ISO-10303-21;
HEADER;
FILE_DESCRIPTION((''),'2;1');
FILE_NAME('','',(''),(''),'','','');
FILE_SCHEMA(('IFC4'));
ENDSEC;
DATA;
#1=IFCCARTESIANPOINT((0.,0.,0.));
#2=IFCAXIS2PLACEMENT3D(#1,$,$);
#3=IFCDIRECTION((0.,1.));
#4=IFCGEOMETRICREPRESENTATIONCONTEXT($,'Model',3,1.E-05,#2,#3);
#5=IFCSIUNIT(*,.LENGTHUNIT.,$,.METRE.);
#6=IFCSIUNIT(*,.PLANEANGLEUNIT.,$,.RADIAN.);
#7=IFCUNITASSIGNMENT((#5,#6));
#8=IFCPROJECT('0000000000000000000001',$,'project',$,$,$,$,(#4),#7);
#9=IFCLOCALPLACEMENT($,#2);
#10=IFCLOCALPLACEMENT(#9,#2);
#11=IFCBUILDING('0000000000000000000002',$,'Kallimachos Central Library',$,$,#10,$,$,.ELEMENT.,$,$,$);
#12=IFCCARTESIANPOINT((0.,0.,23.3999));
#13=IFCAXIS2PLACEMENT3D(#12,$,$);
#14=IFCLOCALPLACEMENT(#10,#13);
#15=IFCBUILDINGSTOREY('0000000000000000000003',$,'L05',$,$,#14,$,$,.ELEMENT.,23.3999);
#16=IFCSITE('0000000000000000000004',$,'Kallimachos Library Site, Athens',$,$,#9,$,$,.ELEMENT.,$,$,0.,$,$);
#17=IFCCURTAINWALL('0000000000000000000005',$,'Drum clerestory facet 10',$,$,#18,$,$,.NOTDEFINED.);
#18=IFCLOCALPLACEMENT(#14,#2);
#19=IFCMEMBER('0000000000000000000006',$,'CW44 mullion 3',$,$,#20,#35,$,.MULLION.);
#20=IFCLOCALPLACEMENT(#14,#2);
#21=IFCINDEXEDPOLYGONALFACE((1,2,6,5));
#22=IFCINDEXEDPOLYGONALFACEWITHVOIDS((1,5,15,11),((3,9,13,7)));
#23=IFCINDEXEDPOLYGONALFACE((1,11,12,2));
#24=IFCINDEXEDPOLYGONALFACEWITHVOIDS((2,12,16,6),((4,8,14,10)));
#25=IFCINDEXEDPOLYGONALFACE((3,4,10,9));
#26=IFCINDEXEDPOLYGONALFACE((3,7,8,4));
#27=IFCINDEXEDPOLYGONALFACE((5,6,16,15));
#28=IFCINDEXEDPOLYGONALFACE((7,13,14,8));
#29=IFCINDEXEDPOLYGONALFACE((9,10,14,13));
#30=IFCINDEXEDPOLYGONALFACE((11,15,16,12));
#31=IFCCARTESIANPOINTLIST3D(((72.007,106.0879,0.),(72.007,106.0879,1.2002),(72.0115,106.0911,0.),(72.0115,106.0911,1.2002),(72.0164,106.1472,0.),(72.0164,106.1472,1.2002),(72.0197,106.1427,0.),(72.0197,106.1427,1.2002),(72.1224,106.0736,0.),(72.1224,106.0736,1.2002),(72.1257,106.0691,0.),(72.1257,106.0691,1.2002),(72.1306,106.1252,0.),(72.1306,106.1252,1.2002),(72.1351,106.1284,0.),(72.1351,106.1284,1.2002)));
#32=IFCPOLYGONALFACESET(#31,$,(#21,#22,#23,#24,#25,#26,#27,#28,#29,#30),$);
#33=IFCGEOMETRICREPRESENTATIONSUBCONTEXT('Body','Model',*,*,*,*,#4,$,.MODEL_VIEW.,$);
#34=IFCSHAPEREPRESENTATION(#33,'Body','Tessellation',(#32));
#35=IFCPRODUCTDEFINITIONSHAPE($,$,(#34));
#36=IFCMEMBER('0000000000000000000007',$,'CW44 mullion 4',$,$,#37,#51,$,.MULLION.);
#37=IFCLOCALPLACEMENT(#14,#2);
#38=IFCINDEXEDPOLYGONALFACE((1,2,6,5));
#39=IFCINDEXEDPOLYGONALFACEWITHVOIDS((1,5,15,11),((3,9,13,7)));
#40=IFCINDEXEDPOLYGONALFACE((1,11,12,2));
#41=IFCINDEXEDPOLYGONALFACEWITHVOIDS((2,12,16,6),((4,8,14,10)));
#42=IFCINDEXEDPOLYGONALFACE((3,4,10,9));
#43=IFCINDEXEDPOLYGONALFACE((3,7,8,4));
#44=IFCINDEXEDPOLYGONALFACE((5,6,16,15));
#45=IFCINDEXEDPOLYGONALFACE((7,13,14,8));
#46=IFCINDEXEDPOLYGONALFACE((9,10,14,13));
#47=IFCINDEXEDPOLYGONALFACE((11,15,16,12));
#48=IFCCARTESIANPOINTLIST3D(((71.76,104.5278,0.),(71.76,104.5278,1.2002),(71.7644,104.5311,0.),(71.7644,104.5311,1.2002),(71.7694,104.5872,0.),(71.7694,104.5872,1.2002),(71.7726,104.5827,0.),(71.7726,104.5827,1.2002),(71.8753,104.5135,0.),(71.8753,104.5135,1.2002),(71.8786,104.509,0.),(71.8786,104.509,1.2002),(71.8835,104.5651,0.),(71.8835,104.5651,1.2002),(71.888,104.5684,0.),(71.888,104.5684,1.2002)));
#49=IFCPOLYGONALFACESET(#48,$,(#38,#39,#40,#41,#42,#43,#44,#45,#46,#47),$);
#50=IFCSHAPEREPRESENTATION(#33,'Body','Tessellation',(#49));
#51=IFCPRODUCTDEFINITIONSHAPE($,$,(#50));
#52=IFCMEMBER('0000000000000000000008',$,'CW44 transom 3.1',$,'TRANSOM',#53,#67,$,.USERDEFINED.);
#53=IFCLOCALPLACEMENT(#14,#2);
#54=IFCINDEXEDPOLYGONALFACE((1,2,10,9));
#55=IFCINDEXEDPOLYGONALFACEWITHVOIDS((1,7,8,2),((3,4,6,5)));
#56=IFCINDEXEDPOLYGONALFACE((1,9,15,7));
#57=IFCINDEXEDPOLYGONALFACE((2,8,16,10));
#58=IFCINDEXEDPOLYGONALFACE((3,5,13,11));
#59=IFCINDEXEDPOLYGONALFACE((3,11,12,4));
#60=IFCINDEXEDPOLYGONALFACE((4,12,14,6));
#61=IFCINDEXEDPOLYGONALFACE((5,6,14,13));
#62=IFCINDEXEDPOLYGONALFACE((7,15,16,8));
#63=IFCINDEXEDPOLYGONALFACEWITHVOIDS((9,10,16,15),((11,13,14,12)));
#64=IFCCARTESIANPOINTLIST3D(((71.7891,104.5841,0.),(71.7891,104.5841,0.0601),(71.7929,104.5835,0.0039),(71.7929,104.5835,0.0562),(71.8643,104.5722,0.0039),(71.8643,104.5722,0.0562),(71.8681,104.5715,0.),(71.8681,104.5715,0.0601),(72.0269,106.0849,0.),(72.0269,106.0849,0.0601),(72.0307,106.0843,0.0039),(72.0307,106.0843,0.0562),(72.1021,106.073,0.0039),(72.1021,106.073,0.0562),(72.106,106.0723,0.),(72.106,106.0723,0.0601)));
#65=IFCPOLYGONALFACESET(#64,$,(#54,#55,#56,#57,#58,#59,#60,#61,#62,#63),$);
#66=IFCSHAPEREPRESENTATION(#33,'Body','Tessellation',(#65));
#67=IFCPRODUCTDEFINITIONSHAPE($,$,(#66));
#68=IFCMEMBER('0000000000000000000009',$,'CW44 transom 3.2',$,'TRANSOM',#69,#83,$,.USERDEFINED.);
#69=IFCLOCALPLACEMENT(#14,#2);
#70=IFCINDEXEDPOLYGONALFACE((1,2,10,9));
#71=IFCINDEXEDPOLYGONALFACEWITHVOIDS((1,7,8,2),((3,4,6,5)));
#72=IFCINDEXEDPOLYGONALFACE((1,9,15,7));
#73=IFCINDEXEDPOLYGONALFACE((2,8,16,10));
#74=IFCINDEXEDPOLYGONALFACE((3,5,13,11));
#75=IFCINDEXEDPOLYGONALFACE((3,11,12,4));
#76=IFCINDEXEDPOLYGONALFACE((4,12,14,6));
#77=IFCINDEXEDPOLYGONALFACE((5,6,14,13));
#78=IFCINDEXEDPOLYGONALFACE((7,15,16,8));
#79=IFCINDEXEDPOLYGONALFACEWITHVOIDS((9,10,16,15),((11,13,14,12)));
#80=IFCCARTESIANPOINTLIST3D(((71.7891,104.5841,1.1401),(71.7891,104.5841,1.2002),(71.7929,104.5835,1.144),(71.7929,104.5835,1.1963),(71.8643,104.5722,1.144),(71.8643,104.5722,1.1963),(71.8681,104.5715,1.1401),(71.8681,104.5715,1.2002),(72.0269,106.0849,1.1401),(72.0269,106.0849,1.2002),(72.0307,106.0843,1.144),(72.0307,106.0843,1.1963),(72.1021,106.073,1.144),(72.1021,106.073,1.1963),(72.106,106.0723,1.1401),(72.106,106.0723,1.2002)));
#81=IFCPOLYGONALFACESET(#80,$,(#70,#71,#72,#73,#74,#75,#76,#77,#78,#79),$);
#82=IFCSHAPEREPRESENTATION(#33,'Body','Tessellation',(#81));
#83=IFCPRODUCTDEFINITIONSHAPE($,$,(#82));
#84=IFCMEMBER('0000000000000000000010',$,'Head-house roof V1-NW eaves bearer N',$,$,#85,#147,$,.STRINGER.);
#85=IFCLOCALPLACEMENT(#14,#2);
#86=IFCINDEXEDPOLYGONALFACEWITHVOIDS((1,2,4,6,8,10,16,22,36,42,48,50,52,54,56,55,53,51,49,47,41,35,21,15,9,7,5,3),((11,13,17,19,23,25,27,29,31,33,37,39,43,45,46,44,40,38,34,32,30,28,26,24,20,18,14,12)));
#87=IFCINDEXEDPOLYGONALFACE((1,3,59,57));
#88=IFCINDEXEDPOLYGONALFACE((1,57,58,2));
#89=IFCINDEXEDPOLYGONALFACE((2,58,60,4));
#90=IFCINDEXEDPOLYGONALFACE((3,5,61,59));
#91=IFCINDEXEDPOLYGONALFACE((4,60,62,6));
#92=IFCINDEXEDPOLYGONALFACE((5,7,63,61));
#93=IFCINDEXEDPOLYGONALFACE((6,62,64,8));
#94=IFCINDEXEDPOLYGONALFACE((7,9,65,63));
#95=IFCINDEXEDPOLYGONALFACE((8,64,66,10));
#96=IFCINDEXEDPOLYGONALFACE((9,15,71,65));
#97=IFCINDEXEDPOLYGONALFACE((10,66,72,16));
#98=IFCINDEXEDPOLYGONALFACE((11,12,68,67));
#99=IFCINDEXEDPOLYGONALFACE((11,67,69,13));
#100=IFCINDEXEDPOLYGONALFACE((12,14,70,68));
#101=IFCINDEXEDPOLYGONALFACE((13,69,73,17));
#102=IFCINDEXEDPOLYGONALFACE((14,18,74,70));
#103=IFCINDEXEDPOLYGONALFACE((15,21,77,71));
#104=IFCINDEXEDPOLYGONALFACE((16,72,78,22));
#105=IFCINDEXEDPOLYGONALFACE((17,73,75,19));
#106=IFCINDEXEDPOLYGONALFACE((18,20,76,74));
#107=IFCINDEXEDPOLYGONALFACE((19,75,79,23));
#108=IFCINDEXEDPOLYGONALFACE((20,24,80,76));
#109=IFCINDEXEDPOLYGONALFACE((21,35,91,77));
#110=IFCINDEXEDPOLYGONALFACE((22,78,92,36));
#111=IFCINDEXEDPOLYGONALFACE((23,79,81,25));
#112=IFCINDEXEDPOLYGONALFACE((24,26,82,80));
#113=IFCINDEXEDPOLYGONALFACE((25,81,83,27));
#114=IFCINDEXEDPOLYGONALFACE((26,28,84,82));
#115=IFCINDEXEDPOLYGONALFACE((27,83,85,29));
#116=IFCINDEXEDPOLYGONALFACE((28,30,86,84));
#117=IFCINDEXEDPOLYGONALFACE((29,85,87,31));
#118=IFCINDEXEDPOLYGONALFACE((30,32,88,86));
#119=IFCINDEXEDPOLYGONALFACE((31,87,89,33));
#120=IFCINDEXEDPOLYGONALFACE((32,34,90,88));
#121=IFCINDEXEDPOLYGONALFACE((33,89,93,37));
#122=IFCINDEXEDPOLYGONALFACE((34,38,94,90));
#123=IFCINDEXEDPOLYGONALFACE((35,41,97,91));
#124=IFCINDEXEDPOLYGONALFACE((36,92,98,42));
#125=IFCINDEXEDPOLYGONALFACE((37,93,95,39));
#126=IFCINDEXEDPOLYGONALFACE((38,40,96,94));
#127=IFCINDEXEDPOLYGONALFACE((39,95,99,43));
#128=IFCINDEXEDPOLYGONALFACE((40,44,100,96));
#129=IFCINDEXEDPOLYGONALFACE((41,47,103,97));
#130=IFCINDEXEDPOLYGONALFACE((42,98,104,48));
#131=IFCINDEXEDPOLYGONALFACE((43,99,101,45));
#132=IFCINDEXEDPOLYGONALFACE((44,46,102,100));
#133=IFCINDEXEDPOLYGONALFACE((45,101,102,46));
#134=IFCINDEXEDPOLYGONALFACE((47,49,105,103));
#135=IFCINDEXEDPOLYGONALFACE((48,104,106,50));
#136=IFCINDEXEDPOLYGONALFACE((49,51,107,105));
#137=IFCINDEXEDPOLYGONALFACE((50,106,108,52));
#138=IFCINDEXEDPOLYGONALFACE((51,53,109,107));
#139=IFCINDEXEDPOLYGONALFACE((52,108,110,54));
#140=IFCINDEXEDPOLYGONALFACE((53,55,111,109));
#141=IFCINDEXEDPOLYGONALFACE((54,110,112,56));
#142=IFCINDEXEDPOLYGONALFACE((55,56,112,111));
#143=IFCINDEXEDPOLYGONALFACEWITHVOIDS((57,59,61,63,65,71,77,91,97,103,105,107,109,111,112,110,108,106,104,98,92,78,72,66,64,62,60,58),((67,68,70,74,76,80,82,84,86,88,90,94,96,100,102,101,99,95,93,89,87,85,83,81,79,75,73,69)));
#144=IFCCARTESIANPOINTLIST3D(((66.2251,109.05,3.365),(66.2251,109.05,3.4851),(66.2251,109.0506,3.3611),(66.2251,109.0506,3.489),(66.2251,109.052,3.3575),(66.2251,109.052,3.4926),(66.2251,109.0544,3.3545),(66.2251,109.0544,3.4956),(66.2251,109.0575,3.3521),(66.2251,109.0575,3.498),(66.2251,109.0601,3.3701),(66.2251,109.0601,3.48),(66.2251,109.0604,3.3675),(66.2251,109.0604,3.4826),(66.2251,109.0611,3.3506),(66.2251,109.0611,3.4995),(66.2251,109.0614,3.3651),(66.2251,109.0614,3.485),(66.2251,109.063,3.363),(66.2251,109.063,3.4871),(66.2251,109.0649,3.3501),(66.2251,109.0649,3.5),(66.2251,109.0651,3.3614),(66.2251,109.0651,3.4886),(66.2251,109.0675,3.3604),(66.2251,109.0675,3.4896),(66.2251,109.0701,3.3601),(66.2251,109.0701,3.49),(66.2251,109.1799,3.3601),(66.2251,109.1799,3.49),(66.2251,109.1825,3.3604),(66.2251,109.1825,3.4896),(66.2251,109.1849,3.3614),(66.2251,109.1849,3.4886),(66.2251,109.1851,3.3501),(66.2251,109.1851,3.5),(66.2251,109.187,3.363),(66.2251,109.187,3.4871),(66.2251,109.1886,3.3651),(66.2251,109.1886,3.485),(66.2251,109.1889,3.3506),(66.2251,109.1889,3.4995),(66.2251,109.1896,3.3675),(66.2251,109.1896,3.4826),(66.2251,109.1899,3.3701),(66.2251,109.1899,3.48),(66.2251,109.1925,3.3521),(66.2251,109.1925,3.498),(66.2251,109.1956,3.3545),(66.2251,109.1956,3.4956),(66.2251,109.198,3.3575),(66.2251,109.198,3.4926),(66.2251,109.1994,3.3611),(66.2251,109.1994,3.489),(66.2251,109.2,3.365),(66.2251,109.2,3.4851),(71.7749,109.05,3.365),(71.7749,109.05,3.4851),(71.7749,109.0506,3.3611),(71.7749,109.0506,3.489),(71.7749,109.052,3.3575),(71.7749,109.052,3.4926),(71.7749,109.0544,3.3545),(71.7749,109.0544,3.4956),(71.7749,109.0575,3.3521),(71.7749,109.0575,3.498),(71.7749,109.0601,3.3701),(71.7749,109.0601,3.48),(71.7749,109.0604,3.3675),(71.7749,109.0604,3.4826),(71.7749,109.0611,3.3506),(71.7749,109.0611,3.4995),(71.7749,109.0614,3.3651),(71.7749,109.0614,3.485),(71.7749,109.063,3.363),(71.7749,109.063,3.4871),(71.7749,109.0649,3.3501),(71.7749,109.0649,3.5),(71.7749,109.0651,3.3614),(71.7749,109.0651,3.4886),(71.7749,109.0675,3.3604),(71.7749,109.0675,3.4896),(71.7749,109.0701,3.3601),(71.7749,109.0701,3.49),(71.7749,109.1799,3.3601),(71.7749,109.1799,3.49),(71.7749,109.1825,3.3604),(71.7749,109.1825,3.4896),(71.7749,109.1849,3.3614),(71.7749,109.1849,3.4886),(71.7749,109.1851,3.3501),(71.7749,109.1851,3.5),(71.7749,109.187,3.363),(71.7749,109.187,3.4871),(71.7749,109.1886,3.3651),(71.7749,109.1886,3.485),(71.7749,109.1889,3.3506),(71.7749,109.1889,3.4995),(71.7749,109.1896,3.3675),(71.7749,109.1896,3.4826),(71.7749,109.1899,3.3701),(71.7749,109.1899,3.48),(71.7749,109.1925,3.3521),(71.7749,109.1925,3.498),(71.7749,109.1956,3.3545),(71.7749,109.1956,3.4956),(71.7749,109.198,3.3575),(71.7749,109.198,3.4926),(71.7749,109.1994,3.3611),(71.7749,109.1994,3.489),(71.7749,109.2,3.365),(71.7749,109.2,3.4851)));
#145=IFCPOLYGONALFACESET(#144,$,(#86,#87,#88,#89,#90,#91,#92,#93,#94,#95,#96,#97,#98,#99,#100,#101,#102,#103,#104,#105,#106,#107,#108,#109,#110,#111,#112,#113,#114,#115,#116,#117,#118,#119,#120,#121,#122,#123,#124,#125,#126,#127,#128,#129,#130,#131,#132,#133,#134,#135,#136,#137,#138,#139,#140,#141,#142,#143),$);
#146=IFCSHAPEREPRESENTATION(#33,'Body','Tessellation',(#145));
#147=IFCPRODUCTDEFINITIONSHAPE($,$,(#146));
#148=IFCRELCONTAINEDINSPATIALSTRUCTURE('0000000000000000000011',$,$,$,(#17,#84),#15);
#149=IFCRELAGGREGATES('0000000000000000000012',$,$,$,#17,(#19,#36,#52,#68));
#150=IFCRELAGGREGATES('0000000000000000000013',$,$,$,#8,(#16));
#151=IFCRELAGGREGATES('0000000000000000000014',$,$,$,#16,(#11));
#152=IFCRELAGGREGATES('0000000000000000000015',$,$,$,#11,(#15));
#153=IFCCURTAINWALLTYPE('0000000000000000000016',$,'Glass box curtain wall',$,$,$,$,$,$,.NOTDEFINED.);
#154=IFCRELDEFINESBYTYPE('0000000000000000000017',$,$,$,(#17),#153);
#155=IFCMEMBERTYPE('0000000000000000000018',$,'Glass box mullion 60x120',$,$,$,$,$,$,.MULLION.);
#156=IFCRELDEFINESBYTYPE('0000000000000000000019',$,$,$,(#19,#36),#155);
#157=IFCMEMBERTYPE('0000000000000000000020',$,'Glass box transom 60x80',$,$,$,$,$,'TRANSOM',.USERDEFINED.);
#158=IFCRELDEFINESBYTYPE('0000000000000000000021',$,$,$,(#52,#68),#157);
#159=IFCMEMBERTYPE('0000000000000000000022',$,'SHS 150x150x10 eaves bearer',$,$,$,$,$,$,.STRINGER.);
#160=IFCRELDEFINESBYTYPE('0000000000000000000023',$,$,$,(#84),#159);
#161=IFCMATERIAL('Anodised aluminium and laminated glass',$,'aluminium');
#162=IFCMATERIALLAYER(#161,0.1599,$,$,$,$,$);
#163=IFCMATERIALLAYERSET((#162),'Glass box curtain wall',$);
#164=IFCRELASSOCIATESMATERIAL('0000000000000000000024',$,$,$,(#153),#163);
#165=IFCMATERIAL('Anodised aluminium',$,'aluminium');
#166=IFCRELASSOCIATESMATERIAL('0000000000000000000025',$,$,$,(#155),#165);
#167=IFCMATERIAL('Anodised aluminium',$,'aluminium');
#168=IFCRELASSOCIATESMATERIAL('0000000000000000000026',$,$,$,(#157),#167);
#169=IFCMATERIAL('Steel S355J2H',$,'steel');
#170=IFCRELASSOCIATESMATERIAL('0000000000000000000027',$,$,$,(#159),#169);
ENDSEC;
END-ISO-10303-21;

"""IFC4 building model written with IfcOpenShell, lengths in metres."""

from ifc_helpers import new_model, si_unit, direction, frame, origin, origin_2d, place, context, subcontext, project, spatial, hollow_rectangle, extrude, material, layer, layer_set, material_profile, profile_set, type_object, element, aggregate, save


model = new_model("IFC4")

# Units and contexts
model_context = context("Model", 3, precision=1e-05, world=origin(), true_north=direction((0.0, 1.0)))
body_context = subcontext(model_context, "Body", "Model", "MODEL_VIEW")
ifc_project = project(units=[si_unit("LENGTHUNIT", "METRE"), si_unit("PLANEANGLEUNIT", "RADIAN")], contexts=[model_context])

# Site, building, storey
site_placement = place(None, origin())
site = spatial("IfcSite", under=ifc_project, at=site_placement, Name="Kallimachos Library Site, Athens", CompositionType="ELEMENT", RefElevation=0.0)
building_placement = place(site_placement, origin())
building = spatial("IfcBuilding", under=site, at=building_placement, Name="Kallimachos Central Library", CompositionType="ELEMENT")
storey_placement = place(building_placement, frame((0.0, 0.0, 23.3999)))
storey = spatial("IfcBuildingStorey", under=building, at=storey_placement, Name="L05", CompositionType="ELEMENT", Elevation=23.3999)

# Curtain wall, members
ifc_material_1 = material(Name="Anodised aluminium and laminated glass", Category="aluminium")
ifc_layer_1 = layer(ifc_material_1, 0.1599)
ifc_layer_set_1 = layer_set([ifc_layer_1], Name="Glass box curtain wall")
curtain_wall_type = type_object("IfcCurtainWallType", Name="Glass box curtain wall", PredefinedType="NOTDEFINED", material=ifc_layer_set_1)
curtain_wall_placement = place(storey_placement, origin())
curtain_wall = element("IfcCurtainWall", 1, at=curtain_wall_placement, inside=storey, type_object=curtain_wall_type, Name="Drum clerestory facet 10", PredefinedType="NOTDEFINED")
ifc_material_2 = material(Name="Anodised aluminium", Category="aluminium")
ifc_material_profile_1 = material_profile(ifc_material_2, hollow_rectangle(XDim=0.0601, YDim=0.1201, WallThickness=0.0039, at=origin_2d()), Name="ALU MULLION 60x120")
ifc_profile_set_1 = profile_set([ifc_material_profile_1], Name="Anodised aluminium")
member_type_1 = type_object("IfcMemberType", Name="Glass box mullion 60x120", PredefinedType="MULLION", material=ifc_profile_set_1)
member_1_placement = place(storey_placement, frame((72.071, 106.1082, 0.0), z_axis=(0.0, 0.0, 1.0), x_axis=(-0.156435, -0.987688, 0.0)))
member_1 = element("IfcMember", 2, at=member_1_placement, type_object=member_type_1, Name="CW44 mullion 3", PredefinedType="MULLION", context=body_context, shape_type="SweptSolid", body=[
    extrude(hollow_rectangle(XDim=0.0601, YDim=0.1201, WallThickness=0.0039, at=origin_2d()), origin(), (0.0, 0.0, 1.0), 1.2002),
])
member_2_placement = place(storey_placement, frame((71.824, 104.5481, 0.0), z_axis=(0.0, 0.0, 1.0), x_axis=(-0.156435, -0.987688, 0.0)))
member_2 = element("IfcMember", 3, at=member_2_placement, type_object=member_type_1, Name="CW44 mullion 4", PredefinedType="MULLION", context=body_context, shape_type="SweptSolid", body=[
    extrude(hollow_rectangle(XDim=0.0601, YDim=0.1201, WallThickness=0.0039, at=origin_2d()), origin(), (0.0, 0.0, 1.0), 1.2002),
])
ifc_material_3 = material(Name="Anodised aluminium", Category="aluminium")
ifc_material_profile_2 = material_profile(ifc_material_3, hollow_rectangle(XDim=0.0601, YDim=0.0801, WallThickness=0.0039, at=origin_2d()), Name="ALU TRANSOM 60x80")
ifc_profile_set_2 = profile_set([ifc_material_profile_2], Name="Anodised aluminium")
member_type_2 = type_object("IfcMemberType", Name="Glass box transom 60x80", ElementType="TRANSOM", PredefinedType="USERDEFINED", material=ifc_profile_set_2)
member_3_placement = place(storey_placement, frame((72.0664, 106.0786, 0.03), z_axis=(-0.156499, -0.987678, 0.0), x_axis=(0.0, 0.0, 1.0)))
member_3 = element("IfcMember", 4, at=member_3_placement, type_object=member_type_2, Name="CW44 transom 3.1", ObjectType="TRANSOM", PredefinedType="USERDEFINED", context=body_context, shape_type="SweptSolid", body=[
    extrude(hollow_rectangle(XDim=0.0601, YDim=0.0801, WallThickness=0.0039, at=origin_2d()), origin(), (0.0, 0.0, 1.0), 1.5195),
])
member_4_placement = place(storey_placement, frame((72.0664, 106.0786, 1.1702), z_axis=(-0.156499, -0.987678, 0.0), x_axis=(0.0, 0.0, 1.0)))
member_4 = element("IfcMember", 5, at=member_4_placement, type_object=member_type_2, Name="CW44 transom 3.2", ObjectType="TRANSOM", PredefinedType="USERDEFINED", context=body_context, shape_type="SweptSolid", body=[
    extrude(hollow_rectangle(XDim=0.0601, YDim=0.0801, WallThickness=0.0039, at=origin_2d()), origin(), (0.0, 0.0, 1.0), 1.5195),
])

# Member
ifc_material_4 = material(Name="Steel S355J2H", Category="steel")
ifc_material_profile_3 = material_profile(ifc_material_4, hollow_rectangle(XDim=0.1499, YDim=0.1499, WallThickness=0.01, InnerFilletRadius=0.01, OuterFilletRadius=0.0149, at=origin_2d()), Name="SHS 150x150x10")
ifc_profile_set_3 = profile_set([ifc_material_profile_3], Name="Steel S355J2H")
member_type_3 = type_object("IfcMemberType", Name="SHS 150x150x10 eaves bearer", PredefinedType="STRINGER", material=ifc_profile_set_3)
member_5_placement = place(storey_placement, frame((66.2251, 109.125, 3.425), z_axis=(1.0, 0.0, 0.0), x_axis=(0.0, 1.0, 0.0)))
element("IfcMember", 6, at=member_5_placement, inside=storey, type_object=member_type_3, Name="Head-house roof V1-NW eaves bearer N", PredefinedType="STRINGER", context=body_context, shape_type="SweptSolid", body=[
    extrude(hollow_rectangle(XDim=0.1499, YDim=0.1499, WallThickness=0.01, InnerFilletRadius=0.01, OuterFilletRadius=0.0149, at=origin_2d()), origin(), (0.0, 0.0, 1.0), 5.5498),
])

aggregate(curtain_wall, [member_1, member_2, member_3, member_4])

save(model, "model.ifc")
